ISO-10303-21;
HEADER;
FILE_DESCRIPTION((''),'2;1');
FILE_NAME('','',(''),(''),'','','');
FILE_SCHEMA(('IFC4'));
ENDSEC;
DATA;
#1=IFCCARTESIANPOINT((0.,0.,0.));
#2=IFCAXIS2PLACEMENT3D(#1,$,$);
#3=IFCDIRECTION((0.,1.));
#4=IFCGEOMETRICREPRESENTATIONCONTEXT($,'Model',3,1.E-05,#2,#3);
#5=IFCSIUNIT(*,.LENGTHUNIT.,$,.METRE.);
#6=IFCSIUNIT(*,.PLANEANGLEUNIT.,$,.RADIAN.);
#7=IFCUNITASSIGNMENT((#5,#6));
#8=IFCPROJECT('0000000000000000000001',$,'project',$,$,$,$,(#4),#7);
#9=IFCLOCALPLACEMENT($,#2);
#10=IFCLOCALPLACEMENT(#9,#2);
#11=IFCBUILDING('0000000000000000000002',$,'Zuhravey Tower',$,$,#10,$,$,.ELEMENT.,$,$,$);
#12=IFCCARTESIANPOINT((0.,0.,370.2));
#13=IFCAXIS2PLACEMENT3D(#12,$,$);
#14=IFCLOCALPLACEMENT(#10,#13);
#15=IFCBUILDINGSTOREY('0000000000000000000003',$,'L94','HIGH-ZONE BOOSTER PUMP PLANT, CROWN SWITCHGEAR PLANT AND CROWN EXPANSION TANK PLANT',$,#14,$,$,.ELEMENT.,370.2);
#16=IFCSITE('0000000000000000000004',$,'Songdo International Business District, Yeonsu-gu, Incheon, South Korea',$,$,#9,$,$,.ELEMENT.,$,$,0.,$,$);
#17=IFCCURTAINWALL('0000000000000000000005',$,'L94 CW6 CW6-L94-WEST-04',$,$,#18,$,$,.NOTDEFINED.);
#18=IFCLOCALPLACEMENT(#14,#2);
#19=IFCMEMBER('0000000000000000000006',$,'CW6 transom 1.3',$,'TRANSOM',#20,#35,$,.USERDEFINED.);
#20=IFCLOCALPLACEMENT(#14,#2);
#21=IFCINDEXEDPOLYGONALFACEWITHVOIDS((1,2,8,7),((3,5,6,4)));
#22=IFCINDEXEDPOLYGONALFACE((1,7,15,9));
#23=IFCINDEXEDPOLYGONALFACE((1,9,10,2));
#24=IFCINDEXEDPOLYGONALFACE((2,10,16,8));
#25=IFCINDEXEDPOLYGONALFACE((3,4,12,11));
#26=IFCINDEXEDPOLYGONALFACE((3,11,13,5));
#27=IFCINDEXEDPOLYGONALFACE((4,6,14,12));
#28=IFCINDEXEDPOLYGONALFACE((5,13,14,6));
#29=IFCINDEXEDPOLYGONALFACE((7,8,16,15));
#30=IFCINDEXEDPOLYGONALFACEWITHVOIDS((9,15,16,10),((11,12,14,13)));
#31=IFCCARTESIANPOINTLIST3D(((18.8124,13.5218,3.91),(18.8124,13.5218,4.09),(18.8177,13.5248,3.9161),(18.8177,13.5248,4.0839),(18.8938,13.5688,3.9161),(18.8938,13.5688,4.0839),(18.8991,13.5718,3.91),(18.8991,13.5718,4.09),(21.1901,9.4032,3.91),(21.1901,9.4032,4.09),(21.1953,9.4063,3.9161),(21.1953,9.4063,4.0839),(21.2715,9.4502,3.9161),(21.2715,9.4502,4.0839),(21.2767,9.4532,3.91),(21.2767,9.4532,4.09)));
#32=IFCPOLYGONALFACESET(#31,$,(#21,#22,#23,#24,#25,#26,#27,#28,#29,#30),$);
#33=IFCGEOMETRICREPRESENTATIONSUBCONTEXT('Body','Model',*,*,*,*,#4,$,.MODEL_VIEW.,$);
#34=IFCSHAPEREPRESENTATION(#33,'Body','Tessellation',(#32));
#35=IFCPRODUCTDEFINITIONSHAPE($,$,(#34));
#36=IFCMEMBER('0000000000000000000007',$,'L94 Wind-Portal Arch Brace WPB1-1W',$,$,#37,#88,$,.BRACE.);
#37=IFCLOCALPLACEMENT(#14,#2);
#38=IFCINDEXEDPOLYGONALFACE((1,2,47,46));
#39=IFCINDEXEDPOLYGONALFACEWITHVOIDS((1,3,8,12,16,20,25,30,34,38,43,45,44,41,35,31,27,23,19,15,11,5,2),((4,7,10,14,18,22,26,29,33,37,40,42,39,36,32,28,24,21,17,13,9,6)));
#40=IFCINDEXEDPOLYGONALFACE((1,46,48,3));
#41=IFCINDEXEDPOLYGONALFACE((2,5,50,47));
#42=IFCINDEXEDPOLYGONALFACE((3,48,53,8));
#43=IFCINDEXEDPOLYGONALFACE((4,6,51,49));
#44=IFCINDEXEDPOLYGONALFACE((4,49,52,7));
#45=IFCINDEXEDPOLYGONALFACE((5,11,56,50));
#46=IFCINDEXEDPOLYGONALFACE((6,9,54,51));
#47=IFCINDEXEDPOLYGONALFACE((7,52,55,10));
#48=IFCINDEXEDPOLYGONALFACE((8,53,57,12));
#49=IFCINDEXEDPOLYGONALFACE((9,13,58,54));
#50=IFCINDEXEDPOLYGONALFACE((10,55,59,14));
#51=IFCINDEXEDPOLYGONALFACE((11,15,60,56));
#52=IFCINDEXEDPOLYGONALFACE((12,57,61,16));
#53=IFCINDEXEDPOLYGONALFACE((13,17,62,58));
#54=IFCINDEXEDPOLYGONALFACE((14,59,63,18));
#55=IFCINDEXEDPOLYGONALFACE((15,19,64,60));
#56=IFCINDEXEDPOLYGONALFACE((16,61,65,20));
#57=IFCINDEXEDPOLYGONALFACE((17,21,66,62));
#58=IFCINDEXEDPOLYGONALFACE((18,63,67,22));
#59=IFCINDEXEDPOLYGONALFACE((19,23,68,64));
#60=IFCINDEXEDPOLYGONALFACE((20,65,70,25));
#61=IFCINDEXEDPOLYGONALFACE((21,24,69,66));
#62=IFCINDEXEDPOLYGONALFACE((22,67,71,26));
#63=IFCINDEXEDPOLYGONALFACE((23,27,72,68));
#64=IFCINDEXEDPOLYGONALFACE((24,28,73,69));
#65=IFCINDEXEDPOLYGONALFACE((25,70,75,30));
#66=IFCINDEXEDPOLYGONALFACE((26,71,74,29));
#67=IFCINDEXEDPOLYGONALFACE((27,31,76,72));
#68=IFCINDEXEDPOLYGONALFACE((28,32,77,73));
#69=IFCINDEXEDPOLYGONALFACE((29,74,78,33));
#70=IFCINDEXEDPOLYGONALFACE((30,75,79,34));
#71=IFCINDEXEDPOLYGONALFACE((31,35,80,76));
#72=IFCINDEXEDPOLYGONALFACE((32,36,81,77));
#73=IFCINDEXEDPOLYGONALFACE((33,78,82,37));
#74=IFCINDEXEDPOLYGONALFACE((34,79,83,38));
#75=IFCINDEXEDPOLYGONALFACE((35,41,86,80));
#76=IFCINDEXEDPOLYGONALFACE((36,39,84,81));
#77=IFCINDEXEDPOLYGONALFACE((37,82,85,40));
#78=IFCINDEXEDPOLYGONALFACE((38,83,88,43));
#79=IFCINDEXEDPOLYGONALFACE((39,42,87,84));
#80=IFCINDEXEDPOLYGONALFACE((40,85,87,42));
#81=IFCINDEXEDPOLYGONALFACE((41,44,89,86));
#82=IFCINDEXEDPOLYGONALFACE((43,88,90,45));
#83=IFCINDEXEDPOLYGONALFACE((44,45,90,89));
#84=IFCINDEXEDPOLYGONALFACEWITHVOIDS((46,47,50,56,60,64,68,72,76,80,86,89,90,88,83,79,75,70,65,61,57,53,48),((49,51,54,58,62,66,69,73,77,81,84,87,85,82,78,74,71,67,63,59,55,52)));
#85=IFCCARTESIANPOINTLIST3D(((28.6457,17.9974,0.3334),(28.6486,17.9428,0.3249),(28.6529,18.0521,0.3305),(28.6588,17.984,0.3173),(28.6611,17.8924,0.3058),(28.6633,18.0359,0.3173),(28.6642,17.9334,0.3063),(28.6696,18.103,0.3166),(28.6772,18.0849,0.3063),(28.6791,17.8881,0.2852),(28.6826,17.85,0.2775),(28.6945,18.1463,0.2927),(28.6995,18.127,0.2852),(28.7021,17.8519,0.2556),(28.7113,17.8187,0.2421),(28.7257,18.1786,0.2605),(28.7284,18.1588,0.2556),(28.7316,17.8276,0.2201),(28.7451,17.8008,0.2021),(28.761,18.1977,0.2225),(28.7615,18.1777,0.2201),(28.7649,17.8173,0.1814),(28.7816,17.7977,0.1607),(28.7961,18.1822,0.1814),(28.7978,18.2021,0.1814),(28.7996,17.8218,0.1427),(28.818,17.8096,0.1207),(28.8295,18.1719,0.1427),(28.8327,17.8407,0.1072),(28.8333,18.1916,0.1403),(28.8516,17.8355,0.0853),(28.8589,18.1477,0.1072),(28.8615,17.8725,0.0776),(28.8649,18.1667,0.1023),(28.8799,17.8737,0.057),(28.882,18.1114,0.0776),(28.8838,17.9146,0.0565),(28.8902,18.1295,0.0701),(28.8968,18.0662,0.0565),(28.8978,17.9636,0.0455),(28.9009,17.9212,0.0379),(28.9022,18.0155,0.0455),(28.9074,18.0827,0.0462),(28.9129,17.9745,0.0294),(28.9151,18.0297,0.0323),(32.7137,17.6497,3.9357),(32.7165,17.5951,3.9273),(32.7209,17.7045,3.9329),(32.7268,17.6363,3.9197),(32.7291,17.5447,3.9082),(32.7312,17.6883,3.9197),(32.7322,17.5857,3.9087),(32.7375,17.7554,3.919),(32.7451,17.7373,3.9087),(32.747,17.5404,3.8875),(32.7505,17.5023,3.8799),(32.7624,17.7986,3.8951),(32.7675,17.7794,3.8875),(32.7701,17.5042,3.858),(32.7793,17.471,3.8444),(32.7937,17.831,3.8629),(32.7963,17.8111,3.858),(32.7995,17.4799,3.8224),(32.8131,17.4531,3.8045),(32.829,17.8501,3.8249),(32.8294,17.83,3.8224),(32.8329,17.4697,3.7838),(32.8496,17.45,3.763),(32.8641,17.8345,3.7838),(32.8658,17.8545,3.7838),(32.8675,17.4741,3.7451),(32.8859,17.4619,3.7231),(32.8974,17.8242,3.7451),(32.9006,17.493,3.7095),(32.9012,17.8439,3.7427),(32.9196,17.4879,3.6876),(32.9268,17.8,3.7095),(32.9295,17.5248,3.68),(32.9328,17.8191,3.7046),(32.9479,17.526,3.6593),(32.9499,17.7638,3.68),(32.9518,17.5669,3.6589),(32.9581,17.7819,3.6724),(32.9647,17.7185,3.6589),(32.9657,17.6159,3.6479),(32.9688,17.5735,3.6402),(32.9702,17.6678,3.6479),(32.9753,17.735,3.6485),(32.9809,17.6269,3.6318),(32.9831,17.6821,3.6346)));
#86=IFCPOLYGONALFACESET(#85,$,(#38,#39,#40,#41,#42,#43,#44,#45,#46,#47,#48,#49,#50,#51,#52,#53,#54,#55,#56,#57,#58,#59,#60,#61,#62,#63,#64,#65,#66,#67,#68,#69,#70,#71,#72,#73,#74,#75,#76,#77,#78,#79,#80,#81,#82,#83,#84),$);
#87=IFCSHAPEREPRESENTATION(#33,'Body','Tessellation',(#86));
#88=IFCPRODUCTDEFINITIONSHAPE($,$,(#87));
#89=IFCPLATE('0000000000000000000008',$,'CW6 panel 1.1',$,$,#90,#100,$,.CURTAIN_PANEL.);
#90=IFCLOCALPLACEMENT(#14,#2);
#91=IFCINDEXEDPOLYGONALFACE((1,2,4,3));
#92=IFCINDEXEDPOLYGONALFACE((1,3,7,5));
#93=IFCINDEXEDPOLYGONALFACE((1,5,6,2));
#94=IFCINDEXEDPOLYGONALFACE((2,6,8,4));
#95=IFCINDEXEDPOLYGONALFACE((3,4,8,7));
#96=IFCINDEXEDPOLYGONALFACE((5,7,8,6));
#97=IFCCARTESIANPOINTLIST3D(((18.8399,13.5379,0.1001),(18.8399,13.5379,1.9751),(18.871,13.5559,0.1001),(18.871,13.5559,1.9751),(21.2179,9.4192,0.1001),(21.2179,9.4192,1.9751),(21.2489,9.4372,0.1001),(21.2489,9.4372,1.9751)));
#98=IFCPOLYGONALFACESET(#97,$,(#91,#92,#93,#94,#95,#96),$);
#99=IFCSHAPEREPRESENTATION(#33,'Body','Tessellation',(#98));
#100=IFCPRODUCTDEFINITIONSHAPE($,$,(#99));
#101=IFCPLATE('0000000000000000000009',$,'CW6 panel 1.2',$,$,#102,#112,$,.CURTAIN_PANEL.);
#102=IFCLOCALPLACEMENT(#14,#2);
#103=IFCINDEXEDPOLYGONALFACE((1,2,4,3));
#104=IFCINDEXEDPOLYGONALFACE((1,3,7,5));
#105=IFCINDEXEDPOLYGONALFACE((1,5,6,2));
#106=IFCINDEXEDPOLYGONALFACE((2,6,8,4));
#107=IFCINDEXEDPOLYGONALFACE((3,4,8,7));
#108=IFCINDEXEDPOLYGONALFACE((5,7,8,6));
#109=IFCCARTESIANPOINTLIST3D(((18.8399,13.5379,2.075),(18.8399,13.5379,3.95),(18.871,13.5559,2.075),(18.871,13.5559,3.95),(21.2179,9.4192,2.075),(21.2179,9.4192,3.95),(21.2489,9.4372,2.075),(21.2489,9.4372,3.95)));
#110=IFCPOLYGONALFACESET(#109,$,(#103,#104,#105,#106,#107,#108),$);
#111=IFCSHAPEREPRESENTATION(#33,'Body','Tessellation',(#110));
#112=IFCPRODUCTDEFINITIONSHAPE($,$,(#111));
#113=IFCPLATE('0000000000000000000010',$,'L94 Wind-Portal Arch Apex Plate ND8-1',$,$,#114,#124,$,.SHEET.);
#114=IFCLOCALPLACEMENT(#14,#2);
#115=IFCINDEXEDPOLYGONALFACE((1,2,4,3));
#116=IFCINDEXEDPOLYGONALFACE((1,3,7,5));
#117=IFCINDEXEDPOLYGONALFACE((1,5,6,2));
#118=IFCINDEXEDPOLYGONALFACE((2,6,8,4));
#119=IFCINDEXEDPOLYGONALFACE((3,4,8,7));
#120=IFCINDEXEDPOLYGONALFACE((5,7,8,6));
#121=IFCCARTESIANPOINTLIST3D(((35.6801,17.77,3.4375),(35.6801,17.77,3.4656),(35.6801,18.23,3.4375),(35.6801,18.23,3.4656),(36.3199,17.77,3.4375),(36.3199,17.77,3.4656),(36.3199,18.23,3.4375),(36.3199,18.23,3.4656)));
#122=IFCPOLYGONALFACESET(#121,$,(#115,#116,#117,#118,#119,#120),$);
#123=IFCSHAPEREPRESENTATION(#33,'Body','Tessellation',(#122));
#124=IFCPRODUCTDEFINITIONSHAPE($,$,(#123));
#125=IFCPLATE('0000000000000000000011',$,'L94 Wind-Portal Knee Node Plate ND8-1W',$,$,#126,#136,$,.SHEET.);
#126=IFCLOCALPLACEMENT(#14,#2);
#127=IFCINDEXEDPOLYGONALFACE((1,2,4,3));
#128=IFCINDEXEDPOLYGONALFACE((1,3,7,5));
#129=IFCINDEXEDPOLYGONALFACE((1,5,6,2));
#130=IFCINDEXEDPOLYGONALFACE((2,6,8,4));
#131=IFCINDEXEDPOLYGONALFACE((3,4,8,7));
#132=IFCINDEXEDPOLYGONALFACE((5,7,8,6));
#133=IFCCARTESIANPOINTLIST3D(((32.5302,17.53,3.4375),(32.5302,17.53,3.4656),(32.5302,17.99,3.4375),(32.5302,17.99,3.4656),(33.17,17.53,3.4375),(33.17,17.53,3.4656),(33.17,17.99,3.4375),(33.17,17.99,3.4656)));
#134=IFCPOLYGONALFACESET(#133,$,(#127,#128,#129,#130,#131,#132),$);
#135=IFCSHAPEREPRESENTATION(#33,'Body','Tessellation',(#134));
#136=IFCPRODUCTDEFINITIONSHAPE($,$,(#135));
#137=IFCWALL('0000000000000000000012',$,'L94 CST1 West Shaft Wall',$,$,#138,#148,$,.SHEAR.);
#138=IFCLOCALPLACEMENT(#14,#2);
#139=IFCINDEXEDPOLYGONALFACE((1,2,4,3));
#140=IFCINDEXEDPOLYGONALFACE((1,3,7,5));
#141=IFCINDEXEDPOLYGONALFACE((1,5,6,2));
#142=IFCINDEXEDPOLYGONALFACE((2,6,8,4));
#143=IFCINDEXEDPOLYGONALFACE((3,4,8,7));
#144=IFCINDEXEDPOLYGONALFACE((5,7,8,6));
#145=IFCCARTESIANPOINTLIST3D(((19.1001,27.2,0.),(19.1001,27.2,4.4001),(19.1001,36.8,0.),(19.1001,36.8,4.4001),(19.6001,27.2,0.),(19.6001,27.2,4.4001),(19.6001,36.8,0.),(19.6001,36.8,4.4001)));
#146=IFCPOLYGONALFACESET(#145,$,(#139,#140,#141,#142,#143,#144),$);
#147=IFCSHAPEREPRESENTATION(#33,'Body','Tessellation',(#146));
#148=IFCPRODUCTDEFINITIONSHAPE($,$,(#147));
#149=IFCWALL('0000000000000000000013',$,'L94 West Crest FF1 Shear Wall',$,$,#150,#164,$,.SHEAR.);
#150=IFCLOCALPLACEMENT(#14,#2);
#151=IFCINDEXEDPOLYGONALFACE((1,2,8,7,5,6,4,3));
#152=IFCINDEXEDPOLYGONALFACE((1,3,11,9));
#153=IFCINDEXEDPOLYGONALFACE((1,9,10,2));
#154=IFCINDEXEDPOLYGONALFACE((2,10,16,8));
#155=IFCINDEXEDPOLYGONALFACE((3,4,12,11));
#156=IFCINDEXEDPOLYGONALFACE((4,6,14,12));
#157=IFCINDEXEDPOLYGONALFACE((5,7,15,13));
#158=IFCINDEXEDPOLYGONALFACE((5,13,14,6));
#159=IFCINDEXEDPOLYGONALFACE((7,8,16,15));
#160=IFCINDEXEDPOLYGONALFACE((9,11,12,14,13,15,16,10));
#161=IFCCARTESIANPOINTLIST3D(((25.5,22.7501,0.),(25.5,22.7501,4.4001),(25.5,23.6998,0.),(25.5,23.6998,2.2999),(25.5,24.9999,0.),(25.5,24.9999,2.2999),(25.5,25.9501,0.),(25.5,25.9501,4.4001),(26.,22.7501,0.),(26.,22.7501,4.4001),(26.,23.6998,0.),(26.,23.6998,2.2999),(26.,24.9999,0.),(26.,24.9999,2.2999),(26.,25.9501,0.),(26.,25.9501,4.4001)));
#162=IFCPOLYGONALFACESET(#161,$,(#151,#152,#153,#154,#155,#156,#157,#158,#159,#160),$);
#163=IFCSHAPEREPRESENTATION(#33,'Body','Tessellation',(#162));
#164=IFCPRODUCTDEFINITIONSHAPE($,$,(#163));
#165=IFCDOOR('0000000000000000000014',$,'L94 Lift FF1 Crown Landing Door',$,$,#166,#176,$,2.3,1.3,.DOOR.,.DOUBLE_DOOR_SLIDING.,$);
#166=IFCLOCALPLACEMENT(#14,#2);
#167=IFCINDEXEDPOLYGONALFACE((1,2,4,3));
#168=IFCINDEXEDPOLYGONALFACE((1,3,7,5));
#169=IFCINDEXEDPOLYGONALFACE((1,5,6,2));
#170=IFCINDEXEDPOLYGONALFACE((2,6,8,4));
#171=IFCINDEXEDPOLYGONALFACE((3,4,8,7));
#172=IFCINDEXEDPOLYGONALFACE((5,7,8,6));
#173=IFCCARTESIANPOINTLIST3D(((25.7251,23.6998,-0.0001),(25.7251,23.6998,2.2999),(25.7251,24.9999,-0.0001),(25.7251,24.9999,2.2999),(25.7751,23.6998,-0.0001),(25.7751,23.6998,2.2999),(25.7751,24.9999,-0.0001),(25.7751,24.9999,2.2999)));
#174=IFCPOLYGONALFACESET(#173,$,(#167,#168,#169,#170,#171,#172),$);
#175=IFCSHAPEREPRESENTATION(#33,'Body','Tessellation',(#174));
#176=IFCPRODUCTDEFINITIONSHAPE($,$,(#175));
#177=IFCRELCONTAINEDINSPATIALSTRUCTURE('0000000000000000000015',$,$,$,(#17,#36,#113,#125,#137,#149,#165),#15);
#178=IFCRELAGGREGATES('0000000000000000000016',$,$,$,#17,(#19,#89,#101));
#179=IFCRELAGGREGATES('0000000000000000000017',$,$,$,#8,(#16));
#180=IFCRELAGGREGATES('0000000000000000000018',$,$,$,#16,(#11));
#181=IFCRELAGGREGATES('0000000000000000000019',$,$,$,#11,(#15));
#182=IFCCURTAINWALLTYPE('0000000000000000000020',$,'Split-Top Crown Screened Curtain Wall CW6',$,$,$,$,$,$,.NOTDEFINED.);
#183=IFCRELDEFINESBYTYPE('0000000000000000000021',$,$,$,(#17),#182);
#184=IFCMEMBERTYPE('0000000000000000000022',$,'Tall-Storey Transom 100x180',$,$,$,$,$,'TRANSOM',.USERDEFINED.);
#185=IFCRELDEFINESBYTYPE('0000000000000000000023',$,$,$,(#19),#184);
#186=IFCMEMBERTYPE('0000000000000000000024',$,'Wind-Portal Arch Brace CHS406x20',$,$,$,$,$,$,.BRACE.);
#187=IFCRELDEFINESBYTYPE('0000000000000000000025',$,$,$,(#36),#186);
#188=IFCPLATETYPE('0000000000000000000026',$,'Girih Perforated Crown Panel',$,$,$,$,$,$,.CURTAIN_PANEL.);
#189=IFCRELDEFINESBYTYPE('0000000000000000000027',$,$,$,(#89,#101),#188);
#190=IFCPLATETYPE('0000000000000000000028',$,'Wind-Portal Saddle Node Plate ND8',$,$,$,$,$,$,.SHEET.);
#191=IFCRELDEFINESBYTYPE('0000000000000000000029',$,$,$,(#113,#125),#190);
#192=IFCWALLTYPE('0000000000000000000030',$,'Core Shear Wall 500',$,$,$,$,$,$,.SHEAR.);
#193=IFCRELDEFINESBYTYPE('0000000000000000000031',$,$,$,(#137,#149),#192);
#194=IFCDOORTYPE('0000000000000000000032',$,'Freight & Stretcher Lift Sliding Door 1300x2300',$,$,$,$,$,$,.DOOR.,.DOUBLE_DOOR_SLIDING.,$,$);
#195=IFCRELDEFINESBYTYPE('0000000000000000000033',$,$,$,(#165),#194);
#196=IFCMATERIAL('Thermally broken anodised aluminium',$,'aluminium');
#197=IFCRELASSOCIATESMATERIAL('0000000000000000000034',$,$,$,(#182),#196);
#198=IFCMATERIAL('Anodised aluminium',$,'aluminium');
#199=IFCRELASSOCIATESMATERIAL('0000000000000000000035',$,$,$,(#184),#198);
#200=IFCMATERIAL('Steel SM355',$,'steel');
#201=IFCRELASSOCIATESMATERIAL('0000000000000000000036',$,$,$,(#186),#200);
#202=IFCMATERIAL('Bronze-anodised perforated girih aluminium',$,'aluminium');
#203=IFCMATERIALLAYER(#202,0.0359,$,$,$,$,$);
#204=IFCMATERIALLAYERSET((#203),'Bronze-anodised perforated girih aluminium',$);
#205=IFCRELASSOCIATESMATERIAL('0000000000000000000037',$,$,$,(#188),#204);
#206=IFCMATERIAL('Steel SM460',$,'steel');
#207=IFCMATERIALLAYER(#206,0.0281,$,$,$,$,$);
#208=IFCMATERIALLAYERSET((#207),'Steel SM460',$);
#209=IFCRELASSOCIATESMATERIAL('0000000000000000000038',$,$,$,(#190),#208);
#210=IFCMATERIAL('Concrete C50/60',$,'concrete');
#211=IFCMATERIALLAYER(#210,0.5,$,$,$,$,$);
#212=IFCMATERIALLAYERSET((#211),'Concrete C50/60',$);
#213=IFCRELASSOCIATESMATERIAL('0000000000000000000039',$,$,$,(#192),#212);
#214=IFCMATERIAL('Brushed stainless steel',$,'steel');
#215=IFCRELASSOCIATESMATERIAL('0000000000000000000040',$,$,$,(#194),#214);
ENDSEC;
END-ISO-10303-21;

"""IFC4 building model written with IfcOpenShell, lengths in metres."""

from ifc_helpers import new_model, si_unit, direction, frame, frame_2d, origin, origin_2d, place, context, subcontext, project, spatial, rectangle, hollow_rectangle, hollow_circle, extrude, material, layer, layer_set, material_profile, profile_set, type_object, element, fill, aggregate, save


model = new_model("IFC4")

# Units and contexts
model_context = context("Model", 3, precision=1e-05, world=origin(), true_north=direction((0.0, 1.0)))
body_context = subcontext(model_context, "Body", "Model", "MODEL_VIEW")
ifc_project = project(units=[si_unit("LENGTHUNIT", "METRE"), si_unit("PLANEANGLEUNIT", "RADIAN")], contexts=[model_context])

# Site, building, storey
site_placement = place(None, origin())
site = spatial("IfcSite", under=ifc_project, at=site_placement, Name="Songdo International Business District, Yeonsu-gu, Incheon, South Korea", CompositionType="ELEMENT", RefElevation=0.0)
building_placement = place(site_placement, origin())
building = spatial("IfcBuilding", under=site, at=building_placement, Name="Zuhravey Tower", CompositionType="ELEMENT")
storey_placement = place(building_placement, frame((0.0, 0.0, 370.2)))
storey = spatial("IfcBuildingStorey", under=building, at=storey_placement, Name="L94", Description="HIGH-ZONE BOOSTER PUMP PLANT, CROWN SWITCHGEAR PLANT AND CROWN EXPANSION TANK PLANT", CompositionType="ELEMENT", Elevation=370.2)

# Shared definitions
ifc_material_1 = material(Name="Steel SM355", Category="steel")

# Curtain wall
ifc_material_2 = material(Name="Thermally broken anodised aluminium", Category="aluminium")
curtain_wall_type = type_object("IfcCurtainWallType", Name="Split-Top Crown Screened Curtain Wall CW6", PredefinedType="NOTDEFINED", material=ifc_material_2)
curtain_wall_placement = place(storey_placement, origin())
curtain_wall = element("IfcCurtainWall", 1, at=curtain_wall_placement, inside=storey, type_object=curtain_wall_type, Name="L94 CW6 CW6-L94-WEST-04", PredefinedType="NOTDEFINED")
ifc_material_3 = material(Name="Anodised aluminium", Category="aluminium")

# Members
ifc_material_profile_1 = material_profile(ifc_material_3, hollow_rectangle(XDim=0.1001, YDim=0.1799, WallThickness=0.0061, at=origin_2d()), Name="ALU-RHS-100x180x6")
ifc_profile_set_1 = profile_set([ifc_material_profile_1], Name="Anodised aluminium")
member_type_1 = type_object("IfcMemberType", Name="Tall-Storey Transom 100x180", ElementType="TRANSOM", PredefinedType="USERDEFINED", material=ifc_profile_set_1)
member_1_placement = place(storey_placement, frame((21.2334, 9.4282, 4.0), z_axis=(-0.499965, 0.866045, 0.0), x_axis=(-0.866045, -0.499965, 0.0)))
member_1 = element("IfcMember", 2, at=member_1_placement, type_object=member_type_1, Name="CW6 transom 1.3", ObjectType="TRANSOM", PredefinedType="USERDEFINED", context=body_context, shape_type="SweptSolid", body=[
    extrude(hollow_rectangle(XDim=0.1001, YDim=0.1799, WallThickness=0.0061, at=origin_2d()), origin(), (0.0, 0.0, 1.0), 4.7556),
])
ifc_material_profile_2 = material_profile(ifc_material_1, hollow_circle(Radius=0.2031, WallThickness=0.02, at=origin_2d()), Name="CHS-406.4x20")
ifc_profile_set_2 = profile_set([ifc_material_profile_2], Name="Steel SM355")
member_type_2 = type_object("IfcMemberType", Name="Wind-Portal Arch Brace CHS406x20", PredefinedType="BRACE", material=ifc_profile_set_2)
member_2_placement = place(storey_placement, frame((28.7805, 17.9998, 0.1814), z_axis=(0.747122, -0.063852, 0.661613), x_axis=(0.085154, 0.996368, 0.0)))
element("IfcMember", 3, at=member_2_placement, inside=storey, type_object=member_type_2, Name="L94 Wind-Portal Arch Brace WPB1-1W", PredefinedType="BRACE", context=body_context, shape_type="SweptSolid", body=[
    extrude(hollow_circle(Radius=0.2031, WallThickness=0.02, at=origin_2d()), origin(), (0.0, 0.0, 1.0), 5.4448),
])

# Plates
ifc_material_4 = material(Name="Bronze-anodised perforated girih aluminium", Category="aluminium")
ifc_layer_1 = layer(ifc_material_4, 0.0359)
ifc_layer_set_1 = layer_set([ifc_layer_1], Name="Bronze-anodised perforated girih aluminium")
plate_type_1 = type_object("IfcPlateType", Name="Girih Perforated Crown Panel", PredefinedType="CURTAIN_PANEL", material=ifc_layer_set_1)
plate_1_placement = place(storey_placement, frame((20.0444, 11.4875, 0.1001), z_axis=(0.0, 0.0, 1.0), x_axis=(-0.499997, 0.866027, 0.0)))
plate_1 = element("IfcPlate", 4, at=plate_1_placement, type_object=plate_type_1, Name="CW6 panel 1.1", PredefinedType="CURTAIN_PANEL", context=body_context, shape_type="SweptSolid", body=[
    extrude(rectangle(XDim=4.7559, YDim=0.0359, at=origin_2d()), origin(), (0.0, 0.0, 1.0), 1.875),
])
plate_2_placement = place(storey_placement, frame((20.0444, 11.4875, 2.075), z_axis=(0.0, 0.0, 1.0), x_axis=(-0.499997, 0.866027, 0.0)))
plate_2 = element("IfcPlate", 5, at=plate_2_placement, type_object=plate_type_1, Name="CW6 panel 1.2", PredefinedType="CURTAIN_PANEL", context=body_context, shape_type="SweptSolid", body=[
    extrude(rectangle(XDim=4.7559, YDim=0.0359, at=origin_2d()), origin(), (0.0, 0.0, 1.0), 1.875),
])
aggregate(curtain_wall, [member_1, plate_1, plate_2])

# Plates
ifc_material_5 = material(Name="Steel SM460", Category="steel")
ifc_layer_2 = layer(ifc_material_5, 0.0281)
ifc_layer_set_2 = layer_set([ifc_layer_2], Name="Steel SM460")
plate_type_2 = type_object("IfcPlateType", Name="Wind-Portal Saddle Node Plate ND8", PredefinedType="SHEET", material=ifc_layer_set_2)
for number, where, z_axis, x_axis, name in (
    (6, (36.0, 18.0, 3.4375), (0.0, 0.0, 1.0), (1.0, 0.0, 0.0), "L94 Wind-Portal Arch Apex Plate ND8-1"),
    (7, (32.8501, 17.76, 3.4375), (0.0, 0.0, 1.0), (1.0, 0.0, 0.0), "L94 Wind-Portal Knee Node Plate ND8-1W"),
):
    element("IfcPlate", number, at=place(storey_placement, frame(where, z_axis=z_axis, x_axis=x_axis)), inside=storey, type_object=plate_type_2, Name=name, PredefinedType="SHEET", context=body_context, shape_type="SweptSolid", body=[
        extrude(rectangle(XDim=0.6399, YDim=0.46, at=origin_2d()), origin(), (0.0, 0.0, 1.0), 0.0281),
    ])

# Shared definitions
ifc_material_6 = material(Name="Concrete C50/60", Category="concrete")
ifc_layer_3 = layer(ifc_material_6, 0.5)
ifc_layer_set_3 = layer_set([ifc_layer_3], Name="Concrete C50/60")
wall_type_1 = type_object("IfcWallType", Name="Core Shear Wall 500", PredefinedType="SHEAR", material=ifc_layer_set_3)

# Wall
wall_1_placement = place(storey_placement, frame((19.3501, 27.2, 0.0), z_axis=(0.0, 0.0, 1.0), x_axis=(0.0, 1.0, 0.0)))
element("IfcWall", 8, at=wall_1_placement, inside=storey, type_object=wall_type_1, Name="L94 CST1 West Shaft Wall", PredefinedType="SHEAR", context=body_context, shape_type="SweptSolid", body=[
    extrude(rectangle(XDim=9.6001, YDim=0.5, at=frame_2d((4.8, 0.0))), origin(), (0.0, 0.0, 1.0), 4.4001),
])

# Wall, opening, door
wall_2_placement = place(storey_placement, frame((25.75, 22.75, 0.0), z_axis=(0.0, 0.0, 1.0), x_axis=(0.0, 1.0, 0.0)))
wall_2 = element("IfcWall", 9, at=wall_2_placement, inside=storey, type_object=wall_type_1, Name="L94 West Crest FF1 Shear Wall", PredefinedType="SHEAR", context=body_context, shape_type="SweptSolid", body=[
    extrude(rectangle(XDim=3.2, YDim=0.5, at=frame_2d((1.6001, 0.0))), origin(), (0.0, 0.0, 1.0), 4.4001),
])
opening_1_placement = place(wall_2_placement, frame((0.95, 0.0, 0.0)))
opening_1 = element("IfcOpeningElement", 10, at=opening_1_placement, cuts=wall_2, PredefinedType="OPENING", context=body_context, shape_type="SweptSolid", body=[
    extrude(rectangle(XDim=1.3, YDim=2.3, at=frame_2d((0.6499, 1.1499))), frame((0.0, 0.262, 0.0), z_axis=(0.0, -1.0, 0.0), x_axis=(1.0, 0.0, 0.0)), (0.0, 0.0, 1.0), 0.5239),
])
ifc_material_7 = material(Name="Brushed stainless steel", Category="steel")
door_type_1 = type_object("IfcDoorType", Name="Freight & Stretcher Lift Sliding Door 1300x2300", OperationType="DOUBLE_DOOR_SLIDING", PredefinedType="DOOR", material=ifc_material_7)
door_1_placement = place(opening_1_placement, origin())
door_1 = element("IfcDoor", 11, at=door_1_placement, inside=storey, type_object=door_type_1, Name="L94 Lift FF1 Crown Landing Door", OperationType="DOUBLE_DOOR_SLIDING", OverallHeight=2.3, OverallWidth=1.3, PredefinedType="DOOR", context=body_context, shape_type="SweptSolid", body=[
    extrude(rectangle(XDim=1.3, YDim=2.3, at=frame_2d((0.6499, 1.1499))), frame((0.0, 0.0249, 0.0), z_axis=(0.0, -1.0, 0.0), x_axis=(1.0, 0.0, 0.0)), (0.0, 0.0, 1.0), 0.05),
])
fill(opening_1, door_1)

save(model, "model.ifc")
